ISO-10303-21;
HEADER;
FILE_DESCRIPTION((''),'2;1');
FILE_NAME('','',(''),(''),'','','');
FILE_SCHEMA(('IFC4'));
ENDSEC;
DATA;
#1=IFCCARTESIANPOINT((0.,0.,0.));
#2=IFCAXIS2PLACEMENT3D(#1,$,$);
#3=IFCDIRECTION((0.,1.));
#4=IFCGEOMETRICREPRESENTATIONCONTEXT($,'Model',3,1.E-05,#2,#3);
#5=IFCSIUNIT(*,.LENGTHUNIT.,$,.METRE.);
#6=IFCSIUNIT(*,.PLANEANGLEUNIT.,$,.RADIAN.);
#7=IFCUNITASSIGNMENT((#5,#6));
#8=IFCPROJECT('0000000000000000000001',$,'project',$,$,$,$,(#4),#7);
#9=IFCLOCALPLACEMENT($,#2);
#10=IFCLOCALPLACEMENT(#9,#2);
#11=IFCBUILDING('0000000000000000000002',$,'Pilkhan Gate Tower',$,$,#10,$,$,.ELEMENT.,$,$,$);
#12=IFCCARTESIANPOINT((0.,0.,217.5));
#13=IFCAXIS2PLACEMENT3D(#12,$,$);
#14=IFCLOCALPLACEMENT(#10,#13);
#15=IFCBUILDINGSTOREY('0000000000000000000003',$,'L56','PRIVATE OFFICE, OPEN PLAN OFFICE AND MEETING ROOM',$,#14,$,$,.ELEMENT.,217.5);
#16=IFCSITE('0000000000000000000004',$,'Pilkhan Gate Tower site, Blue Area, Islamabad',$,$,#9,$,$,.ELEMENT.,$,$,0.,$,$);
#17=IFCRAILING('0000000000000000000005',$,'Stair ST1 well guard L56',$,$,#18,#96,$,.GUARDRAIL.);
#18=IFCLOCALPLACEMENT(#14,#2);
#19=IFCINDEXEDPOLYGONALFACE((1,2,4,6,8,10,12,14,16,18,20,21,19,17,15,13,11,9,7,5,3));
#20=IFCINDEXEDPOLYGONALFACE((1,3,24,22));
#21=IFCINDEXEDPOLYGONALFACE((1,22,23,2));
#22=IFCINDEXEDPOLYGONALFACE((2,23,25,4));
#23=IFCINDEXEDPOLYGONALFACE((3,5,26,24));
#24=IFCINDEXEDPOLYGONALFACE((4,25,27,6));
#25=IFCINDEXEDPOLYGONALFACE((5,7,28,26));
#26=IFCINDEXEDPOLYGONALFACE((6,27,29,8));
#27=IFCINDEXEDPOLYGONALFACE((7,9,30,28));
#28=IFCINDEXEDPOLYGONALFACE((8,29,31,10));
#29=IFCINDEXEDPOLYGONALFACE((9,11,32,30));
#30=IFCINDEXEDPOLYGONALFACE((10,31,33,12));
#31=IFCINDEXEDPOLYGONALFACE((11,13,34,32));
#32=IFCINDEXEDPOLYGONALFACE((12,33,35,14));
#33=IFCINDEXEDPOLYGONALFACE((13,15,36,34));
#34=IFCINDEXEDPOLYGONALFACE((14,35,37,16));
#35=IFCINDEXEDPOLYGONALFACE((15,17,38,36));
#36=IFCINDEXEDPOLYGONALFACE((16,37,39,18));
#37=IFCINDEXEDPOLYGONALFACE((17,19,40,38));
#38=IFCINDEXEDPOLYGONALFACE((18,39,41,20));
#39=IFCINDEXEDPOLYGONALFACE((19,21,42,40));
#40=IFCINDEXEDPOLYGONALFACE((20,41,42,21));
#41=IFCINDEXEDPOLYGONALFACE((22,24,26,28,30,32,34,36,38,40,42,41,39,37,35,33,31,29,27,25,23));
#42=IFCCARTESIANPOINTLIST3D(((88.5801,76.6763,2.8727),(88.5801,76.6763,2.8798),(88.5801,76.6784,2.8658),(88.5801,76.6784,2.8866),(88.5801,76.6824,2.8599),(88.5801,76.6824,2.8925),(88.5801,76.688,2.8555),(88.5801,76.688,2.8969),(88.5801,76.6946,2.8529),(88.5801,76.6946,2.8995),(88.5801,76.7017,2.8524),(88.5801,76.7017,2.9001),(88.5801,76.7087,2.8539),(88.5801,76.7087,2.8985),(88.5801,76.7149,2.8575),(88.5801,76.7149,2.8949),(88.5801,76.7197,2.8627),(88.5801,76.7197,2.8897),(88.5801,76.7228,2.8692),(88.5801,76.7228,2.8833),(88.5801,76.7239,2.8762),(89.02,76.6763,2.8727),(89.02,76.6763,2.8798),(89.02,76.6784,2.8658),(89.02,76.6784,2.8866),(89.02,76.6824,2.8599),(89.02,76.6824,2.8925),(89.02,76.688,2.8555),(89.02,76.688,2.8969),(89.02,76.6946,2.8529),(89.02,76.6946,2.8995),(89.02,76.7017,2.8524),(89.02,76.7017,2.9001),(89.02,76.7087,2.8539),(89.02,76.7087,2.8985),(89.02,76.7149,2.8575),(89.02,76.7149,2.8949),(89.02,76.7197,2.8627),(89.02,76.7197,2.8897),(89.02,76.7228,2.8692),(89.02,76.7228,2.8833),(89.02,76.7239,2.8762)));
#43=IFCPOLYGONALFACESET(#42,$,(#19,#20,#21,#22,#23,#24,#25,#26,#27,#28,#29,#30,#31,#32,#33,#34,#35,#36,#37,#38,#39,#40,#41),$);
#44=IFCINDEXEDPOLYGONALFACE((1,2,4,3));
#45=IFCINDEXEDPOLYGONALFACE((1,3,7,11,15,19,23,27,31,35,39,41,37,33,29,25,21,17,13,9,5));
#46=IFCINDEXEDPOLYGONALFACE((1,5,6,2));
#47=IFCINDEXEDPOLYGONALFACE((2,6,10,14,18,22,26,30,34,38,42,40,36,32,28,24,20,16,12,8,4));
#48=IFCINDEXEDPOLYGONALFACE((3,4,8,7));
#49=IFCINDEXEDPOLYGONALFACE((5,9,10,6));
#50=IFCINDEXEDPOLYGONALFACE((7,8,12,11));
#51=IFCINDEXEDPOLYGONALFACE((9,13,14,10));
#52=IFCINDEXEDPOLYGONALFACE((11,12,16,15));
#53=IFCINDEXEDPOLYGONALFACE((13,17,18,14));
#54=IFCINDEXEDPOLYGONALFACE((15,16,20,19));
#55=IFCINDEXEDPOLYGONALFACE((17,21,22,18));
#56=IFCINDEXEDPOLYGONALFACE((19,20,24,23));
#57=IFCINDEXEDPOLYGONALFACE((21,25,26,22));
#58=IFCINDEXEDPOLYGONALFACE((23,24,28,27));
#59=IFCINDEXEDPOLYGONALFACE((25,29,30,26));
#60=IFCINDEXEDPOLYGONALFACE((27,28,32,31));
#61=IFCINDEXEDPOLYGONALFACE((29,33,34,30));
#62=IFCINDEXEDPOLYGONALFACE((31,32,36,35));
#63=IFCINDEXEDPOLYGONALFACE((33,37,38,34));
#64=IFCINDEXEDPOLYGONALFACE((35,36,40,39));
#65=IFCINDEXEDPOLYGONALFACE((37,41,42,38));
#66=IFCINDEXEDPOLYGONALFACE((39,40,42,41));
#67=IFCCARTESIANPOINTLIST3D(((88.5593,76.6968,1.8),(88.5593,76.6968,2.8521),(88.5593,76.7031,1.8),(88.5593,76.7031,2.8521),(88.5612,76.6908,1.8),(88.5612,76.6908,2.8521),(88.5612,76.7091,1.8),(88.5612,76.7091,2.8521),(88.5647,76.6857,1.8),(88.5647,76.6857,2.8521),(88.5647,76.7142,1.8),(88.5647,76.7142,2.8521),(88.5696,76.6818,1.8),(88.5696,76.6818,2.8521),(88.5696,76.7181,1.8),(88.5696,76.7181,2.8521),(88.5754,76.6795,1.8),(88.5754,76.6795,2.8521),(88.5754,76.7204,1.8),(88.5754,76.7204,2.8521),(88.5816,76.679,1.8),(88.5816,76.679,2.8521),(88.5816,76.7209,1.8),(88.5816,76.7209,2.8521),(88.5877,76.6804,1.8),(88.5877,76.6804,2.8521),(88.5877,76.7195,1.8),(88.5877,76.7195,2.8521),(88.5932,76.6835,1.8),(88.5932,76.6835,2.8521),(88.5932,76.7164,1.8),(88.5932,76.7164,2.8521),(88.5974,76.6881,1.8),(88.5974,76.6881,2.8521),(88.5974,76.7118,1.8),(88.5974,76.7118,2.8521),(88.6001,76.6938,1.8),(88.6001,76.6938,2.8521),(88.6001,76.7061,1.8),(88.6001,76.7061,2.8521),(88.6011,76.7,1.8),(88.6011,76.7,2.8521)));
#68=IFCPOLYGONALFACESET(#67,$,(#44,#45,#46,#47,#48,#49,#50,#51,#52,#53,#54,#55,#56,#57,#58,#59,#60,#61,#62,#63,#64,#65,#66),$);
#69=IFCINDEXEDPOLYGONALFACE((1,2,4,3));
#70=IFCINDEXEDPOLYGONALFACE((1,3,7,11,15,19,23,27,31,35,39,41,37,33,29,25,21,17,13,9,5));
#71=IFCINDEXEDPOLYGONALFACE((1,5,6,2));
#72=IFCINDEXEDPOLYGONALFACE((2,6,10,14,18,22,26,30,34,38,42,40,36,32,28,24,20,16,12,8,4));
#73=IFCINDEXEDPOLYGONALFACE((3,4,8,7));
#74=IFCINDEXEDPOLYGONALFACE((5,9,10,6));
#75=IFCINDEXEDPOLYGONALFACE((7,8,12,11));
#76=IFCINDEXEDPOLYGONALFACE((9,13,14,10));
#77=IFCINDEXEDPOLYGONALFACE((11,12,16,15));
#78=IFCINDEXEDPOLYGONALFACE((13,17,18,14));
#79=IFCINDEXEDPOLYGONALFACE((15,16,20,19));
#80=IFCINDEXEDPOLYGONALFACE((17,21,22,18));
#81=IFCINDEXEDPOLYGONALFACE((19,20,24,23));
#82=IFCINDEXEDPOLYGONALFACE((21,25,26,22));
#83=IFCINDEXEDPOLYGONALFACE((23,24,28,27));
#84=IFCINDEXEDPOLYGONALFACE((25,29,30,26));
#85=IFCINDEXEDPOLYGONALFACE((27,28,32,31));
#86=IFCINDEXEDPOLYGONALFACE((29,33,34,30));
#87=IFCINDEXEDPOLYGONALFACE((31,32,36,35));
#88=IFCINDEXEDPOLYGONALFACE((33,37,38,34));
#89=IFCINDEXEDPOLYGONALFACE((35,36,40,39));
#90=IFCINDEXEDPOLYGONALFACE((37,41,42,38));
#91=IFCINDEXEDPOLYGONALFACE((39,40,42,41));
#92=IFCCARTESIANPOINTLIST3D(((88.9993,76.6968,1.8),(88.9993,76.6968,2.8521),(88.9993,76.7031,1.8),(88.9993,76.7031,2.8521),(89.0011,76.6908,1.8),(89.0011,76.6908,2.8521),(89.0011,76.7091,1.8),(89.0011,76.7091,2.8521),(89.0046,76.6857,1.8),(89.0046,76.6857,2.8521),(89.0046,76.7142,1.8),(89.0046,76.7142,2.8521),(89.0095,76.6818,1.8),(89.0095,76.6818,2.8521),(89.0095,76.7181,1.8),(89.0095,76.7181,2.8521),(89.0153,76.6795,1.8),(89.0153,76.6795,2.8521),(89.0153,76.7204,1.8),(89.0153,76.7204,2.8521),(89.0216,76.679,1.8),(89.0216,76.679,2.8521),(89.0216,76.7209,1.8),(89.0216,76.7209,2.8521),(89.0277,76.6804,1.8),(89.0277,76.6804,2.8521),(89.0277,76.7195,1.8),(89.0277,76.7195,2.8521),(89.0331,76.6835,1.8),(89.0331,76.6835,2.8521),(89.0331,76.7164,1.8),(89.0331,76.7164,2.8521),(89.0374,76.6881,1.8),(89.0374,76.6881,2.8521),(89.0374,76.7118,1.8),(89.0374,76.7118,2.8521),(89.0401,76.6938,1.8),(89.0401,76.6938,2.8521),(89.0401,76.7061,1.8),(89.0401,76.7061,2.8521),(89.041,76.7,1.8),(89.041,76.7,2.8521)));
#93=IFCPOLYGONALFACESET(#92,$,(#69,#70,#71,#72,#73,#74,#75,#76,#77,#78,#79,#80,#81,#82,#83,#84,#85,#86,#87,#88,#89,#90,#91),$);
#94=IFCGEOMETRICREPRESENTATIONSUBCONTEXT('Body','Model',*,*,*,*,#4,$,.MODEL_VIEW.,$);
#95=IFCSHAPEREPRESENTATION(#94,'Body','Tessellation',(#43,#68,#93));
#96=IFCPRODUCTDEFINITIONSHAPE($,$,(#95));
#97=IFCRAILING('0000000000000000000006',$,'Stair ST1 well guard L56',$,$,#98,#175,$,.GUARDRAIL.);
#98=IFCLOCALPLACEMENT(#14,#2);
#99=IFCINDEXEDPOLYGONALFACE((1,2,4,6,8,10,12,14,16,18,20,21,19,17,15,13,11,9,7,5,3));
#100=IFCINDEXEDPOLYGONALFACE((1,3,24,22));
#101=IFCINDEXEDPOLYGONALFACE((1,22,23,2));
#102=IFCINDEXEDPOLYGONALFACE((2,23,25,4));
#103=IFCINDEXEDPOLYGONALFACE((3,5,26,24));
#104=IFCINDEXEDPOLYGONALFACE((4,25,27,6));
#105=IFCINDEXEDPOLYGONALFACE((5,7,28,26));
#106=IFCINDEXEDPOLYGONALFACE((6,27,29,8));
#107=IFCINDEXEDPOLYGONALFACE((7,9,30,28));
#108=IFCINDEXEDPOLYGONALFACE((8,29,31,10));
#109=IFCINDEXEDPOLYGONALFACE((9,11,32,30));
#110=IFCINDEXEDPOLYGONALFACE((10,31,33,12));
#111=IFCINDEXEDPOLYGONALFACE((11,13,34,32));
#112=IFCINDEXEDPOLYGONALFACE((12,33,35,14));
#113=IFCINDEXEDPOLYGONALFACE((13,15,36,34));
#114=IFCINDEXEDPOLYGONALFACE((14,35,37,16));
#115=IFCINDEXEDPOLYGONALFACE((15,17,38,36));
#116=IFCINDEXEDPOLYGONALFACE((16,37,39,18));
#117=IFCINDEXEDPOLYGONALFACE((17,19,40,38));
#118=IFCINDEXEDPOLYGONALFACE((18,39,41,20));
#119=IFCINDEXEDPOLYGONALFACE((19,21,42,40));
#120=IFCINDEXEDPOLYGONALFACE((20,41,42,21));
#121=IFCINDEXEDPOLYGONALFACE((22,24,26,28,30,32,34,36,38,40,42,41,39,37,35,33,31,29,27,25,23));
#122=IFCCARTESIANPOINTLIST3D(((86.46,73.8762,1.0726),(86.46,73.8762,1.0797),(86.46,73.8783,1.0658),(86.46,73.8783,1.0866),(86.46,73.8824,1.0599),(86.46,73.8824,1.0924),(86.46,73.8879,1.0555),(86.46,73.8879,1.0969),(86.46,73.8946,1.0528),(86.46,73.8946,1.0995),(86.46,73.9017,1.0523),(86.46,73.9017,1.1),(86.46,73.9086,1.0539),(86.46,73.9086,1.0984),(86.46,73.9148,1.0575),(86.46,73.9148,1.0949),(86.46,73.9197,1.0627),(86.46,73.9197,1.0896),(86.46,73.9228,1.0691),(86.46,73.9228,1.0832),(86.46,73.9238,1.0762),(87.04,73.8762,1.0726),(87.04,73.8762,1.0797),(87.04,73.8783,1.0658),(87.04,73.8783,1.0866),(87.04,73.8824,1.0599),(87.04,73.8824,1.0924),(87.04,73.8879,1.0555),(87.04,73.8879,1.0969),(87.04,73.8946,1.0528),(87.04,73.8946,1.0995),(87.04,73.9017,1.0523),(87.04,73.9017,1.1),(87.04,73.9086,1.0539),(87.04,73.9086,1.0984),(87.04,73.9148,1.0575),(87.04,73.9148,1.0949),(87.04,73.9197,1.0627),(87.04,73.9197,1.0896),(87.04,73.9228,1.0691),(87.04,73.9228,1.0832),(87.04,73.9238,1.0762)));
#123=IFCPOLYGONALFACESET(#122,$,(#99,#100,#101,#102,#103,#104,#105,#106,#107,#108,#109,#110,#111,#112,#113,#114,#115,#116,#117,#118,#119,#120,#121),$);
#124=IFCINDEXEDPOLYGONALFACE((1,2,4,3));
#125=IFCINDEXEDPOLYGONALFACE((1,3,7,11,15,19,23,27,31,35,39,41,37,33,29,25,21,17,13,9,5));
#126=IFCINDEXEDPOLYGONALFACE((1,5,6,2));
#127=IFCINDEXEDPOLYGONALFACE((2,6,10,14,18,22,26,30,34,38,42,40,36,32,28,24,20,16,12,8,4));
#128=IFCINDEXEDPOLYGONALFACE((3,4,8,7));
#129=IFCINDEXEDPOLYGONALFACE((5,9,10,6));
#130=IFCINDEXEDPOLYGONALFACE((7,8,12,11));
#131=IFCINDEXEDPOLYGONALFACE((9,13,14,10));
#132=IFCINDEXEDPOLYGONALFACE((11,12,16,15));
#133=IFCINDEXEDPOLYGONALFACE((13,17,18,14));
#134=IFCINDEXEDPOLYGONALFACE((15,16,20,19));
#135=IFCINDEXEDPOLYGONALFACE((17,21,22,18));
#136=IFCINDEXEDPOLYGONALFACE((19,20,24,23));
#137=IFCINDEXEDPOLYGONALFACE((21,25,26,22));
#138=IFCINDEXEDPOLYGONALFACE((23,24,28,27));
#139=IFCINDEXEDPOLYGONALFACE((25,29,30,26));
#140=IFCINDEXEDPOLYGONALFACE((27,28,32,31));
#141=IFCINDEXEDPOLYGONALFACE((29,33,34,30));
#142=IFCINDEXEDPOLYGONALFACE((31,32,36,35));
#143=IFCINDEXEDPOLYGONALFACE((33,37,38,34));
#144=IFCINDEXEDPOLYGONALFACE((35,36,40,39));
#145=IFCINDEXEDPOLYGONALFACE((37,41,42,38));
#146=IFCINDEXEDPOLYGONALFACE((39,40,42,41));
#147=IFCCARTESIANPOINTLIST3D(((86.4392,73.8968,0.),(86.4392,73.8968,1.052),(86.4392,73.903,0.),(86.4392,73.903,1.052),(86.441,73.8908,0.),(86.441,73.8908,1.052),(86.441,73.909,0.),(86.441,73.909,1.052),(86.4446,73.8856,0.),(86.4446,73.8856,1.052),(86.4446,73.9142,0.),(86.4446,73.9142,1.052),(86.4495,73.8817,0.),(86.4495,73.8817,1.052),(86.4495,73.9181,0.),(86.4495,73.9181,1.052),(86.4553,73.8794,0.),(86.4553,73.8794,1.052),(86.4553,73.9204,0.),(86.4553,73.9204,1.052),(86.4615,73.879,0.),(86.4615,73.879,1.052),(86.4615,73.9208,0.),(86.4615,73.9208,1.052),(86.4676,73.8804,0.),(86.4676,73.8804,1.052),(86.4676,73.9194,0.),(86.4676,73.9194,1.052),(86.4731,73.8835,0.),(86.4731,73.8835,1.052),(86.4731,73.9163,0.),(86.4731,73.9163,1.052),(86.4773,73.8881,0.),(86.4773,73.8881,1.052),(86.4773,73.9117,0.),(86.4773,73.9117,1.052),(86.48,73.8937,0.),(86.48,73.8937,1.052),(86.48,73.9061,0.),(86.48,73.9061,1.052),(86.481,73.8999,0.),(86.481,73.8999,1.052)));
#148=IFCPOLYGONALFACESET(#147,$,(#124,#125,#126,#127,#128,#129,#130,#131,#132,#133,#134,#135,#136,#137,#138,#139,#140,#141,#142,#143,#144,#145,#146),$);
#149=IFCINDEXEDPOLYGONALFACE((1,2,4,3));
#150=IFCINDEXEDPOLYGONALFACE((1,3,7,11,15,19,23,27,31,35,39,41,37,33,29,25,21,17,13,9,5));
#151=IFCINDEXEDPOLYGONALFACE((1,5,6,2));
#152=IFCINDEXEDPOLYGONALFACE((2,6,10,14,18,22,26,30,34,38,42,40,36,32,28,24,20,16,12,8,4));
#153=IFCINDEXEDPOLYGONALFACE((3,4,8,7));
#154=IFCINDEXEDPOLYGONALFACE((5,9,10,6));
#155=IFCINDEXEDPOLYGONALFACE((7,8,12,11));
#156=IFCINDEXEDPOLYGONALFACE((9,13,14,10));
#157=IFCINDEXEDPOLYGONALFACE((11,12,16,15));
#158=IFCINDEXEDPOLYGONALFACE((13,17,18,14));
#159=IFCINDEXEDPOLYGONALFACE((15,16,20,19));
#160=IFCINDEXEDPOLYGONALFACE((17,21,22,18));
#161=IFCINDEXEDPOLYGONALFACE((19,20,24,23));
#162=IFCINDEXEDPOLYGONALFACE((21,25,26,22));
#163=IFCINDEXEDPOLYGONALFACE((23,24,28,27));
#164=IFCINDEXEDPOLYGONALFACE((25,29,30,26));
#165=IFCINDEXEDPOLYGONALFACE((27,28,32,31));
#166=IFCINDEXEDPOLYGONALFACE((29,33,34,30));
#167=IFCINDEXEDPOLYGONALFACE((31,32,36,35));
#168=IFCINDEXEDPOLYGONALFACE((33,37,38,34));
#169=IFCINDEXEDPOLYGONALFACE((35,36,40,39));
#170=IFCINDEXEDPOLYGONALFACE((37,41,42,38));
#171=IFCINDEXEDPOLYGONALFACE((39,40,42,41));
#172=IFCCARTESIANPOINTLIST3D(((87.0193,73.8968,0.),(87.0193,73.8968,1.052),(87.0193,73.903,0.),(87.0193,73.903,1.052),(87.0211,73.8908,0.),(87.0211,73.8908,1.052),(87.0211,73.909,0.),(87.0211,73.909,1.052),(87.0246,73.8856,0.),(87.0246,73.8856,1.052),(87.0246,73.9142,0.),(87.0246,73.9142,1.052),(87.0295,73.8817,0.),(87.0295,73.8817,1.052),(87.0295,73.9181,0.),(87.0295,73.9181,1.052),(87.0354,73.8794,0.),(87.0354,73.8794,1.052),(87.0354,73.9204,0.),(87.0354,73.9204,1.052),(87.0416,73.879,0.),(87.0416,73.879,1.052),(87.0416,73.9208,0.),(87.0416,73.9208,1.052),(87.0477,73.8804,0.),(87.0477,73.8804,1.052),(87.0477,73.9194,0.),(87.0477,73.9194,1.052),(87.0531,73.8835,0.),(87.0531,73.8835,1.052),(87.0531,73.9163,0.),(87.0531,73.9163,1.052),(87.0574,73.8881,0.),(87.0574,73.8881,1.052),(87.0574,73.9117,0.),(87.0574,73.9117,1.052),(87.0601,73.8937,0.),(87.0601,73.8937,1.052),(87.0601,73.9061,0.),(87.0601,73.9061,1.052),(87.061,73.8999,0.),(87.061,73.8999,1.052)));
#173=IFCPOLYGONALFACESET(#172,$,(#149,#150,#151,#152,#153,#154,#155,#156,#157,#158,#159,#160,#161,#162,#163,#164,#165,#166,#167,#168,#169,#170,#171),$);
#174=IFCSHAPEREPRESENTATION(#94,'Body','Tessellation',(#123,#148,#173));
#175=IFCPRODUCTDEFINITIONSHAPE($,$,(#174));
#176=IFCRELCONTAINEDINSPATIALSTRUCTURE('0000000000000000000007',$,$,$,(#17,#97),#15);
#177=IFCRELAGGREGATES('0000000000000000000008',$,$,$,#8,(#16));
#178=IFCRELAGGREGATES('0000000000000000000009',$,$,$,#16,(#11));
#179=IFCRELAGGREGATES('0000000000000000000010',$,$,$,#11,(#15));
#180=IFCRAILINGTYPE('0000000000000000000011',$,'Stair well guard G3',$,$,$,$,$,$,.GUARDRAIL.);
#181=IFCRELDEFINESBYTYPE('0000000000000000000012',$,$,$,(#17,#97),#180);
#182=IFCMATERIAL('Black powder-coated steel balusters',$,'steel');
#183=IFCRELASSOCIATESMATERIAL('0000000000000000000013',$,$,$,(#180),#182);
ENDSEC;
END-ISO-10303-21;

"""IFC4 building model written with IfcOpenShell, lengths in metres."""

from ifc_helpers import new_model, si_unit, direction, frame, origin, origin_2d, place, context, subcontext, project, spatial, circle, extrude, material, type_object, element, save


model = new_model("IFC4")

# Units and contexts
model_context = context("Model", 3, precision=1e-05, world=origin(), true_north=direction((0.0, 1.0)))
body_context = subcontext(model_context, "Body", "Model", "MODEL_VIEW")
ifc_project = project(units=[si_unit("LENGTHUNIT", "METRE"), si_unit("PLANEANGLEUNIT", "RADIAN")], contexts=[model_context])

# Site, building, storey
site_placement = place(None, origin())
site = spatial("IfcSite", under=ifc_project, at=site_placement, Name="Pilkhan Gate Tower site, Blue Area, Islamabad", CompositionType="ELEMENT", RefElevation=0.0)
building_placement = place(site_placement, origin())
building = spatial("IfcBuilding", under=site, at=building_placement, Name="Pilkhan Gate Tower", CompositionType="ELEMENT")
storey_placement = place(building_placement, frame((0.0, 0.0, 217.5)))
storey = spatial("IfcBuildingStorey", under=building, at=storey_placement, Name="L56", Description="PRIVATE OFFICE, OPEN PLAN OFFICE AND MEETING ROOM", CompositionType="ELEMENT", Elevation=217.5)

# Railings
ifc_material_1 = material(Name="Black powder-coated steel balusters", Category="steel")
railing_type_1 = type_object("IfcRailingType", Name="Stair well guard G3", PredefinedType="GUARDRAIL", material=ifc_material_1)
railing_1_placement = place(storey_placement, frame((88.5801, 76.7, 1.8)))
element("IfcRailing", 1, at=railing_1_placement, inside=storey, type_object=railing_type_1, Name="Stair ST1 well guard L56", PredefinedType="GUARDRAIL", context=body_context, shape_type="SweptSolid", body=[
    extrude(circle(Radius=0.0239, at=origin_2d()), frame((0.0, 0.0, 1.0762), z_axis=(1.0, 0.0, 0.0), x_axis=(0.0, 1.0, 0.0)), (0.0, 0.0, 1.0), 0.4399),
    extrude(circle(Radius=0.021, at=origin_2d()), origin(), (0.0, 0.0, 1.0), 1.052),
    extrude(circle(Radius=0.021, at=origin_2d()), frame((0.4399, 0.0, 0.0)), (0.0, 0.0, 1.0), 1.052),
])
for number, where, name in (
    (2, (86.46, 73.8999, 0.0), "Stair ST1 well guard L56"),
):
    element("IfcRailing", number, at=place(storey_placement, frame(where)), inside=storey, type_object=railing_type_1, Name=name, PredefinedType="GUARDRAIL", context=body_context, shape_type="SweptSolid", body=[
        extrude(circle(Radius=0.0239, at=origin_2d()), frame((0.0, 0.0, 1.0762), z_axis=(1.0, 0.0, 0.0), x_axis=(0.0, 1.0, 0.0)), (0.0, 0.0, 1.0), 0.5801),
        extrude(circle(Radius=0.021, at=origin_2d()), origin(), (0.0, 0.0, 1.0), 1.052),
        extrude(circle(Radius=0.021, at=origin_2d()), frame((0.5801, 0.0, 0.0)), (0.0, 0.0, 1.0), 1.052),
    ])

save(model, "model.ifc")
